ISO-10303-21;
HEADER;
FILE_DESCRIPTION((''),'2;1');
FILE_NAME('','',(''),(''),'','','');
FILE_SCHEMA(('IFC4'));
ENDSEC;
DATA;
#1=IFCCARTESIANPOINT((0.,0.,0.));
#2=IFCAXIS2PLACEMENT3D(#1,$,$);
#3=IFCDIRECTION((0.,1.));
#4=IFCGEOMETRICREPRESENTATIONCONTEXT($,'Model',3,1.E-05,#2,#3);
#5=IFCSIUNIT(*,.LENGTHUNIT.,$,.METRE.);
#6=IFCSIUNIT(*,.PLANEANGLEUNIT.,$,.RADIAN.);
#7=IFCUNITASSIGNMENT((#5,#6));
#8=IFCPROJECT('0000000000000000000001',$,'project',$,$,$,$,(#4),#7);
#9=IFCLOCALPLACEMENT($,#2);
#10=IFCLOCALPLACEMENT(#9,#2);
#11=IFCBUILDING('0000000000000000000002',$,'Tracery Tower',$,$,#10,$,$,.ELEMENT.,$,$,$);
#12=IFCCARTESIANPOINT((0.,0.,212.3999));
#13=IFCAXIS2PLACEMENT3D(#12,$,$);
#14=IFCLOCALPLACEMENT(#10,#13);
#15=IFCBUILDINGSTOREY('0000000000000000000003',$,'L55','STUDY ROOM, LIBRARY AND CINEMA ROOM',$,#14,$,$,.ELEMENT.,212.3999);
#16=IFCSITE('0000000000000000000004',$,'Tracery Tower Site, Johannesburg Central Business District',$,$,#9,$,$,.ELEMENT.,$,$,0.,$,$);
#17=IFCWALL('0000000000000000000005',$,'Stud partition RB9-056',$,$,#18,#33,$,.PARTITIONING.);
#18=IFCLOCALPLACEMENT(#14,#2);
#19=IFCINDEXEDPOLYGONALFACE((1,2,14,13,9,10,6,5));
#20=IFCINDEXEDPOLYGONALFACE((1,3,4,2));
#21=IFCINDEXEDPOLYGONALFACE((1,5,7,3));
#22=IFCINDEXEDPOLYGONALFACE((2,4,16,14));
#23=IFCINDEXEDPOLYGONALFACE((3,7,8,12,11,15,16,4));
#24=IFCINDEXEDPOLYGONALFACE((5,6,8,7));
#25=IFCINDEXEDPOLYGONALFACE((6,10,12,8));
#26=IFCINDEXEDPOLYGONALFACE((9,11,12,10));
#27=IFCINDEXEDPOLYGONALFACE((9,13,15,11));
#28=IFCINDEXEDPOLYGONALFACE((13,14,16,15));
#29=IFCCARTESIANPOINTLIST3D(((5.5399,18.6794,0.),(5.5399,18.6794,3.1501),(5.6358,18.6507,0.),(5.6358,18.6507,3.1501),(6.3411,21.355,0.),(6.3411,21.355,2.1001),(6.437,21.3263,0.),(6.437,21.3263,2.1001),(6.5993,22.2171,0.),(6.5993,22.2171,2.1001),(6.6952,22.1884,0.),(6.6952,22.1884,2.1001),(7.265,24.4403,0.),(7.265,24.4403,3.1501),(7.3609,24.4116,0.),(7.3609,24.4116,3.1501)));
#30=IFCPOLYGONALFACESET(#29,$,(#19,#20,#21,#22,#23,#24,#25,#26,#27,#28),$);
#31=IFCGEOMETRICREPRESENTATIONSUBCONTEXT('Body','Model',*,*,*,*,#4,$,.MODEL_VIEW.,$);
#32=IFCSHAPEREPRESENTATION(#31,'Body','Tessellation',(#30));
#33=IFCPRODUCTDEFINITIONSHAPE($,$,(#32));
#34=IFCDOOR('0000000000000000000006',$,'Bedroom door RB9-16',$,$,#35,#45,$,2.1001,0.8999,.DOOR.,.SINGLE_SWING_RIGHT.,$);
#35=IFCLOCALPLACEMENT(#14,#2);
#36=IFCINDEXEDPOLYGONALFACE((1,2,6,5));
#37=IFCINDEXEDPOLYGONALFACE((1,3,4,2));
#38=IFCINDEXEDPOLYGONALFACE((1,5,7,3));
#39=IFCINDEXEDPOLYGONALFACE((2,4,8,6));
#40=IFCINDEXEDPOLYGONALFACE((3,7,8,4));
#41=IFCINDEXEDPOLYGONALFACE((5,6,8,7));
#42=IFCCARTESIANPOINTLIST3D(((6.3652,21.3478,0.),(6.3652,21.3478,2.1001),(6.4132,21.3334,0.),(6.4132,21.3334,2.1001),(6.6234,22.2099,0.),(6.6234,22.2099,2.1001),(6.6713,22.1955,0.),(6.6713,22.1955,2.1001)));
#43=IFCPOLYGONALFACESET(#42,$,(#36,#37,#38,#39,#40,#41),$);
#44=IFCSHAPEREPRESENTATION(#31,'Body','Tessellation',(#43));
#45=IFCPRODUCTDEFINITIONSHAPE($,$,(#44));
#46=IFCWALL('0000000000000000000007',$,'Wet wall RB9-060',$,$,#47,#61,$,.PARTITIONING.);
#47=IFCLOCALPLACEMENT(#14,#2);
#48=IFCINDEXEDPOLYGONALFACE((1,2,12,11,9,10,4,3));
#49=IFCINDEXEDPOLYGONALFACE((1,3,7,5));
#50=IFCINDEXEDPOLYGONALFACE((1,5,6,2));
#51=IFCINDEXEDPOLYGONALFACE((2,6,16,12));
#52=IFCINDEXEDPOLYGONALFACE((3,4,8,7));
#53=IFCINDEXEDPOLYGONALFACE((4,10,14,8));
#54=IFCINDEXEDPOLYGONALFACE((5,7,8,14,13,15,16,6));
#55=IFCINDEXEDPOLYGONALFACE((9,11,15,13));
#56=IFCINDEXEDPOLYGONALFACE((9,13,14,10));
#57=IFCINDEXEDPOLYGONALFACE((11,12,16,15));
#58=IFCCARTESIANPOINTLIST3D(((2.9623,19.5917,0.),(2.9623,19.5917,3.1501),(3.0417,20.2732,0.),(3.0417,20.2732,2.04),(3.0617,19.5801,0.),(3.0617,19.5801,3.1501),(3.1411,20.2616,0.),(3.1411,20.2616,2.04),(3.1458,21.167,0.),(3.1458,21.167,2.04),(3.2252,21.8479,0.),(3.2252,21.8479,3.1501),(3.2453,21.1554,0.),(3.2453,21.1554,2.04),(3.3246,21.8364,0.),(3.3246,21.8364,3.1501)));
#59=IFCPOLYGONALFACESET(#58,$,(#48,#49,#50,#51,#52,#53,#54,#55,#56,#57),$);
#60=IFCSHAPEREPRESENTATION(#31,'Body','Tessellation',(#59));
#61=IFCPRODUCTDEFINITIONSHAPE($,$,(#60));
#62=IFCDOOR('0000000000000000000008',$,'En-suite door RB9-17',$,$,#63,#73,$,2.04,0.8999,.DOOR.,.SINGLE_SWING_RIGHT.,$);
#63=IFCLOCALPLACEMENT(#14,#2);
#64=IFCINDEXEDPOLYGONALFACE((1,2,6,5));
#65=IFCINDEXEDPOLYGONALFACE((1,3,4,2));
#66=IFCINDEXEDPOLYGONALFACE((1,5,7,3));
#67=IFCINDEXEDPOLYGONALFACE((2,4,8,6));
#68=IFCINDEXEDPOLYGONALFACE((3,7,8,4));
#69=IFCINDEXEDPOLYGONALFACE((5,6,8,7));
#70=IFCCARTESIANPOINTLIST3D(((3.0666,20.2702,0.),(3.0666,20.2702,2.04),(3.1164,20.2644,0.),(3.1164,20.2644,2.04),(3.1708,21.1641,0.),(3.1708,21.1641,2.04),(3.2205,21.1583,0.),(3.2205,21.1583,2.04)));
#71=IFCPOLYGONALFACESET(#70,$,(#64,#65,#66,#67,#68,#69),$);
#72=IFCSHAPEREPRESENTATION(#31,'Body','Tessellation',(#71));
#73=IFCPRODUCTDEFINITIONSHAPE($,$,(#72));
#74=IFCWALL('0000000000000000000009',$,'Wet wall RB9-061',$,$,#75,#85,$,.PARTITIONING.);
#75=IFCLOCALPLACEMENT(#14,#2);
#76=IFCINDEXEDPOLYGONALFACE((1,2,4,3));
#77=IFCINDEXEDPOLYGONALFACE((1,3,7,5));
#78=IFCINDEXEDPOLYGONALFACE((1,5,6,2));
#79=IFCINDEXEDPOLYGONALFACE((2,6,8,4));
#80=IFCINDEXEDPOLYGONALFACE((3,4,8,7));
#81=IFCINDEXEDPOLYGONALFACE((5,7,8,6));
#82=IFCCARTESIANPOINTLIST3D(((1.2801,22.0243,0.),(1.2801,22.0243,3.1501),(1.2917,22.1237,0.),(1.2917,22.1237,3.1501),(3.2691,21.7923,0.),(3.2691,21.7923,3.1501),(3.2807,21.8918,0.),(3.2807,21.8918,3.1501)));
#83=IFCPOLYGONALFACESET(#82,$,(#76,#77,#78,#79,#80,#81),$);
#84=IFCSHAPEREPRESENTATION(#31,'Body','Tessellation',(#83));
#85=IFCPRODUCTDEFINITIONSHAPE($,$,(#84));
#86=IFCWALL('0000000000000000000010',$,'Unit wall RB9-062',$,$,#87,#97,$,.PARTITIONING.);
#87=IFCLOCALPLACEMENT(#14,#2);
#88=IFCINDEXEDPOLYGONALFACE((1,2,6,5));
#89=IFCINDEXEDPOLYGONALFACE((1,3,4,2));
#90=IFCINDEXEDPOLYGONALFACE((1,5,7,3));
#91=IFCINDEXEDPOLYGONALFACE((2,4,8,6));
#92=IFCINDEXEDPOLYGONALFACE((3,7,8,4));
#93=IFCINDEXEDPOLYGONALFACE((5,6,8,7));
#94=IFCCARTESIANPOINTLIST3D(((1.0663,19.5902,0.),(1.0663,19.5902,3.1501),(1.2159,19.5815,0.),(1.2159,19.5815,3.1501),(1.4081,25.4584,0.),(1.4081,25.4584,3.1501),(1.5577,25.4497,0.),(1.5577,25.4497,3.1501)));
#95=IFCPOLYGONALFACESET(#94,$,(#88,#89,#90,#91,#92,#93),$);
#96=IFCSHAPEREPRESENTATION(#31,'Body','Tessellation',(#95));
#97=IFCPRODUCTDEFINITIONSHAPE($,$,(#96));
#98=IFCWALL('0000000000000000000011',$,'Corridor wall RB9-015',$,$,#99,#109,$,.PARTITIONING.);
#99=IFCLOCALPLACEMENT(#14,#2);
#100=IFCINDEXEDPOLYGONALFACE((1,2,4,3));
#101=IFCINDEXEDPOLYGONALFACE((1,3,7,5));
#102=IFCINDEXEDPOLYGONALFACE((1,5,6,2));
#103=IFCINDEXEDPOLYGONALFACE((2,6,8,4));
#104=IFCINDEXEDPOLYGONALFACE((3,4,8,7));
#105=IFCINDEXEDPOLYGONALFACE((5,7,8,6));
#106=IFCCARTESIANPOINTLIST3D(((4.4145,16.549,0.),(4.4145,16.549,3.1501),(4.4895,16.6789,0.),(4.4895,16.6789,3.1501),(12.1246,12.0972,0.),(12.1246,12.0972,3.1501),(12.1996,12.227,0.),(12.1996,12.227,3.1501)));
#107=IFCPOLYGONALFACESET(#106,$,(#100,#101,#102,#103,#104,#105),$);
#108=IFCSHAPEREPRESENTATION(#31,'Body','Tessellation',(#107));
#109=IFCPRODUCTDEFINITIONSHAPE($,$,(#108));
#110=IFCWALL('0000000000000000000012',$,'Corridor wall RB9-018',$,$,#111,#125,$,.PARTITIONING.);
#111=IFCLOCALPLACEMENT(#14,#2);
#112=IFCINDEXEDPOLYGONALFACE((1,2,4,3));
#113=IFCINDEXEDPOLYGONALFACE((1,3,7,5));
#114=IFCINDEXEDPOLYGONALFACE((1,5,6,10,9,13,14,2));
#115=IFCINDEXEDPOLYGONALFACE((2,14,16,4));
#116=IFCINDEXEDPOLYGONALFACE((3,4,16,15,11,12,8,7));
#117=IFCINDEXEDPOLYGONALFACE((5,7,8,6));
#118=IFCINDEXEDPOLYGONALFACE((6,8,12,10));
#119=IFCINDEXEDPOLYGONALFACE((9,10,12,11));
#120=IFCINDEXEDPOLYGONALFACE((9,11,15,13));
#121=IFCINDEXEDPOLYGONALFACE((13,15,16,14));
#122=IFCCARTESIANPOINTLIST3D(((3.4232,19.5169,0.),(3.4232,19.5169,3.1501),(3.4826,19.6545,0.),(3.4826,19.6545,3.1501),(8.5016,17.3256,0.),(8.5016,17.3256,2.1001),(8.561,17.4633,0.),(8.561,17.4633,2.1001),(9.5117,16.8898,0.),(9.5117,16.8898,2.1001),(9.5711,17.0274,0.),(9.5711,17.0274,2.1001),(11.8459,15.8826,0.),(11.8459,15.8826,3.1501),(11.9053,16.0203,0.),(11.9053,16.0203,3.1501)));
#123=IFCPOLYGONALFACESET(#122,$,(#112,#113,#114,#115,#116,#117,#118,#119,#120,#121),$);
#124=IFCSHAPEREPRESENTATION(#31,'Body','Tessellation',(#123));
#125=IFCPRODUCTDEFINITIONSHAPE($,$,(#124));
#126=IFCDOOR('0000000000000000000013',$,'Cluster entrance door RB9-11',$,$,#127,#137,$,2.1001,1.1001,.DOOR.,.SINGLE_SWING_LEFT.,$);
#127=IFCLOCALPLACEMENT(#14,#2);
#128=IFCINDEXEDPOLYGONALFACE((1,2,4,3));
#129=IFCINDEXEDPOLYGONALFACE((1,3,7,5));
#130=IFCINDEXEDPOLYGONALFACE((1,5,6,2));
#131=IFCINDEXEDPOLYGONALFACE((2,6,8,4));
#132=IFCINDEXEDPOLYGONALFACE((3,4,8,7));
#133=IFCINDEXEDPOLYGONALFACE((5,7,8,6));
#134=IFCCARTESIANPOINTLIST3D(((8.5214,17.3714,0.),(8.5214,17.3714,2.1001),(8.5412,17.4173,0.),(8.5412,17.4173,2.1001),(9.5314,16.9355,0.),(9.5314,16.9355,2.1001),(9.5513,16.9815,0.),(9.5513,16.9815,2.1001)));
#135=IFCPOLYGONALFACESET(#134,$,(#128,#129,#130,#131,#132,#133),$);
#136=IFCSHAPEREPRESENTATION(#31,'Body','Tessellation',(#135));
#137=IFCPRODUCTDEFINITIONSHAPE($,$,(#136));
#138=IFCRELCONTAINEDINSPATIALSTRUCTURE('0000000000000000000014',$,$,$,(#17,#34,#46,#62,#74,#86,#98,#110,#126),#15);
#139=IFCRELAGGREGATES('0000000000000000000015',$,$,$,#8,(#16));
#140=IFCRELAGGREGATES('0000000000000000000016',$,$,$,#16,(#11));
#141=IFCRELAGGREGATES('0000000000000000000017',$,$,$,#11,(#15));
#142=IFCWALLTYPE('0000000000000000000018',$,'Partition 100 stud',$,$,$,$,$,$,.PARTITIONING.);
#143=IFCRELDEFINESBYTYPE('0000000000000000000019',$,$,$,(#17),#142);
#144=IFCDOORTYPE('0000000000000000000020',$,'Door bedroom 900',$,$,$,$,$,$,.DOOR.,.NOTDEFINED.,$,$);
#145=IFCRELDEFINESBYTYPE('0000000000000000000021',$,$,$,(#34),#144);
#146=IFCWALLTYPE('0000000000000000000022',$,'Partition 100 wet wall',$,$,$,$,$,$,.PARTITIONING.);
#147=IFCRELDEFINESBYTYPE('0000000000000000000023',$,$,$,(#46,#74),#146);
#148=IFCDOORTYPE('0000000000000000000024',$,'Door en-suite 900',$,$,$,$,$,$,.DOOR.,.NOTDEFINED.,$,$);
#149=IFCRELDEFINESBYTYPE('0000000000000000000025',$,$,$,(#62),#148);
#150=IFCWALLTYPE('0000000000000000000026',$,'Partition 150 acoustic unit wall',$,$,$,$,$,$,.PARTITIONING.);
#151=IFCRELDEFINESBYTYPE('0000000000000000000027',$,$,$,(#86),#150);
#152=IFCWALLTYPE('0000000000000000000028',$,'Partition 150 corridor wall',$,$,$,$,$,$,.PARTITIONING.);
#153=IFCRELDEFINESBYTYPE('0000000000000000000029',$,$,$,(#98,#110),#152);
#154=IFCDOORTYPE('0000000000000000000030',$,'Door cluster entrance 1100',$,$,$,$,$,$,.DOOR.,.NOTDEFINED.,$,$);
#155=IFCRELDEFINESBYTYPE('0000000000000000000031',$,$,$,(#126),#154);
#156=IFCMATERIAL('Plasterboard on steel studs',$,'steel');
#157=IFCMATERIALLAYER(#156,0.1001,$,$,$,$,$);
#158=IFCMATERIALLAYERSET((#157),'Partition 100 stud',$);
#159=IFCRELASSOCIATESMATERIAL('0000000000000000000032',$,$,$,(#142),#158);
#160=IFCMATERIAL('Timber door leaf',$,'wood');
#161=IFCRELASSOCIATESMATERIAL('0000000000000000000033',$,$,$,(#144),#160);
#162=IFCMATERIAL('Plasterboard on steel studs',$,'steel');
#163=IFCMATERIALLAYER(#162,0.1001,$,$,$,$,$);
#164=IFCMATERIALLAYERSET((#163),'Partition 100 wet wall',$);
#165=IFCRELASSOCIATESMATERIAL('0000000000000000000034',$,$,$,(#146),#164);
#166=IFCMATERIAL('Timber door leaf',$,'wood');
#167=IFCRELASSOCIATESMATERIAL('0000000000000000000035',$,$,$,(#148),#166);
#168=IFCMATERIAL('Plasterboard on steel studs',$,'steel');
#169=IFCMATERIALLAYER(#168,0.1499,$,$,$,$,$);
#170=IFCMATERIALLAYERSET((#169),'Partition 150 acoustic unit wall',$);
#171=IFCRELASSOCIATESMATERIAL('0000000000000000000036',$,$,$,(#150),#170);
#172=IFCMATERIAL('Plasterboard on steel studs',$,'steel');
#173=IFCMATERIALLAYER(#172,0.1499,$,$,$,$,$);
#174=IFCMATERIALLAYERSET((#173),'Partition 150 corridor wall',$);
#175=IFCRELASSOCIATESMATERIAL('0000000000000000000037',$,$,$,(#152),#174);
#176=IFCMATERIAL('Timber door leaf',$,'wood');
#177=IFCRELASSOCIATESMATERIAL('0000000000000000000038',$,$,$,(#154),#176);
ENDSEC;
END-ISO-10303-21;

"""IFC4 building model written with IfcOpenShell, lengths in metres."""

from ifc_helpers import new_model, si_unit, direction, frame, frame_2d, origin, place, context, subcontext, project, spatial, rectangle, extrude, material, layer, layer_set, type_object, element, fill, save


model = new_model("IFC4")

# Units and contexts
model_context = context("Model", 3, precision=1e-05, world=origin(), true_north=direction((0.0, 1.0)))
body_context = subcontext(model_context, "Body", "Model", "MODEL_VIEW")
ifc_project = project(units=[si_unit("LENGTHUNIT", "METRE"), si_unit("PLANEANGLEUNIT", "RADIAN")], contexts=[model_context])

# Site, building, storey
site_placement = place(None, origin())
site = spatial("IfcSite", under=ifc_project, at=site_placement, Name="Tracery Tower Site, Johannesburg Central Business District", CompositionType="ELEMENT", RefElevation=0.0)
building_placement = place(site_placement, origin())
building = spatial("IfcBuilding", under=site, at=building_placement, Name="Tracery Tower", CompositionType="ELEMENT")
storey_placement = place(building_placement, frame((0.0, 0.0, 212.3999)))
storey = spatial("IfcBuildingStorey", under=building, at=storey_placement, Name="L55", Description="STUDY ROOM, LIBRARY AND CINEMA ROOM", CompositionType="ELEMENT", Elevation=212.3999)

# Walls, openings, doors
ifc_material_1 = material(Name="Plasterboard on steel studs", Category="steel")
ifc_layer_1 = layer(ifc_material_1, 0.1001)
ifc_layer_set_1 = layer_set([ifc_layer_1], Name="Partition 100 stud")
wall_type_1 = type_object("IfcWallType", Name="Partition 100 stud", PredefinedType="PARTITIONING", material=ifc_layer_set_1)
wall_1_placement = place(storey_placement, frame((5.5879, 18.665, 0.0), z_axis=(0.0, 0.0, 1.0), x_axis=(0.28686, 0.957973, 0.0)))
wall_1 = element("IfcWall", 1, at=wall_1_placement, inside=storey, type_object=wall_type_1, Name="Stud partition RB9-056", PredefinedType="PARTITIONING", context=body_context, shape_type="SweptSolid", body=[
    extrude(rectangle(XDim=6.0137, YDim=0.1001, at=frame_2d((3.0068, 0.0))), origin(), (0.0, 0.0, 1.0), 3.1501),
])
opening_1_placement = place(wall_1_placement, frame((2.793, 0.0, 0.0)))
opening_1 = element("IfcOpeningElement", 2, at=opening_1_placement, cuts=wall_1, PredefinedType="OPENING", context=body_context, shape_type="SweptSolid", body=[
    extrude(rectangle(XDim=0.8999, YDim=2.1001, at=frame_2d((0.45, 1.05))), frame((0.0, 0.05, 0.0), z_axis=(0.0, -1.0, 0.0), x_axis=(1.0, 0.0, 0.0)), (0.0, 0.0, 1.0), 0.1001),
])
ifc_material_2 = material(Name="Timber door leaf", Category="wood")
door_type_1 = type_object("IfcDoorType", Name="Door bedroom 900", OperationType="NOTDEFINED", PredefinedType="DOOR", material=ifc_material_2)
door_1_placement = place(opening_1_placement, origin())
door_1 = element("IfcDoor", 3, at=door_1_placement, inside=storey, type_object=door_type_1, Name="Bedroom door RB9-16", OperationType="SINGLE_SWING_RIGHT", OverallHeight=2.1001, OverallWidth=0.8999, PredefinedType="DOOR", context=body_context, shape_type="SweptSolid", body=[
    extrude(rectangle(XDim=0.8999, YDim=2.1001, at=frame_2d((0.45, 1.05))), frame((0.0, 0.0249, 0.0), z_axis=(0.0, -1.0, 0.0), x_axis=(1.0, 0.0, 0.0)), (0.0, 0.0, 1.0), 0.05),
])
fill(opening_1, door_1)
ifc_material_3 = material(Name="Plasterboard on steel studs", Category="steel")
ifc_layer_2 = layer(ifc_material_3, 0.1001)
ifc_layer_set_2 = layer_set([ifc_layer_2], Name="Partition 100 wet wall")
wall_type_2 = type_object("IfcWallType", Name="Partition 100 wet wall", PredefinedType="PARTITIONING", material=ifc_layer_set_2)
wall_2_placement = place(storey_placement, frame((3.012, 19.5859, 0.0), z_axis=(0.0, 0.0, 1.0), x_axis=(0.115762, 0.993277, 0.0)))
wall_2 = element("IfcWall", 4, at=wall_2_placement, inside=storey, type_object=wall_type_2, Name="Wet wall RB9-060", PredefinedType="PARTITIONING", context=body_context, shape_type="SweptSolid", body=[
    extrude(rectangle(XDim=2.2715, YDim=0.1001, at=frame_2d((1.1357, 0.0))), origin(), (0.0, 0.0, 1.0), 3.1501),
])
opening_2_placement = place(wall_2_placement, frame((0.686, 0.0, 0.0)))
opening_2 = element("IfcOpeningElement", 5, at=opening_2_placement, cuts=wall_2, PredefinedType="OPENING", context=body_context, shape_type="SweptSolid", body=[
    extrude(rectangle(XDim=0.8999, YDim=2.04, at=frame_2d((0.45, 1.02))), frame((0.0, 0.05, 0.0), z_axis=(0.0, -1.0, 0.0), x_axis=(1.0, 0.0, 0.0)), (0.0, 0.0, 1.0), 0.1001),
])
ifc_material_4 = material(Name="Timber door leaf", Category="wood")
door_type_2 = type_object("IfcDoorType", Name="Door en-suite 900", OperationType="NOTDEFINED", PredefinedType="DOOR", material=ifc_material_4)
door_2_placement = place(opening_2_placement, origin())
door_2 = element("IfcDoor", 6, at=door_2_placement, inside=storey, type_object=door_type_2, Name="En-suite door RB9-17", OperationType="SINGLE_SWING_RIGHT", OverallHeight=2.04, OverallWidth=0.8999, PredefinedType="DOOR", context=body_context, shape_type="SweptSolid", body=[
    extrude(rectangle(XDim=0.8999, YDim=2.04, at=frame_2d((0.45, 1.02))), frame((0.0, 0.0249, 0.0), z_axis=(0.0, -1.0, 0.0), x_axis=(1.0, 0.0, 0.0)), (0.0, 0.0, 1.0), 0.05),
])
fill(opening_2, door_2)

# Walls
wall_3_placement = place(storey_placement, frame((1.2859, 22.074, 0.0), z_axis=(0.0, 0.0, 1.0), x_axis=(0.99327, -0.115823, 0.0)))
element("IfcWall", 7, at=wall_3_placement, inside=storey, type_object=wall_type_2, Name="Wet wall RB9-061", PredefinedType="PARTITIONING", context=body_context, shape_type="SweptSolid", body=[
    extrude(rectangle(XDim=2.0024, YDim=0.1001, at=frame_2d((1.0012, 0.0))), origin(), (0.0, 0.0, 1.0), 3.1501),
])
ifc_material_5 = material(Name="Plasterboard on steel studs", Category="steel")
ifc_layer_3 = layer(ifc_material_5, 0.1499)
ifc_layer_set_3 = layer_set([ifc_layer_3], Name="Partition 150 acoustic unit wall")
wall_type_3 = type_object("IfcWallType", Name="Partition 150 acoustic unit wall", PredefinedType="PARTITIONING", material=ifc_layer_set_3)
wall_4_placement = place(storey_placement, frame((1.1411, 19.5859, 0.0), z_axis=(0.0, 0.0, 1.0), x_axis=(0.058147, 0.998308, 0.0)))
element("IfcWall", 8, at=wall_4_placement, inside=storey, type_object=wall_type_3, Name="Unit wall RB9-062", PredefinedType="PARTITIONING", context=body_context, shape_type="SweptSolid", body=[
    extrude(rectangle(XDim=5.8782, YDim=0.1499, at=frame_2d((2.939, 0.0))), origin(), (0.0, 0.0, 1.0), 3.1501),
])
ifc_material_6 = material(Name="Plasterboard on steel studs", Category="steel")
ifc_layer_4 = layer(ifc_material_6, 0.1499)
ifc_layer_set_4 = layer_set([ifc_layer_4], Name="Partition 150 corridor wall")
wall_type_4 = type_object("IfcWallType", Name="Partition 150 corridor wall", PredefinedType="PARTITIONING", material=ifc_layer_set_4)
wall_5_placement = place(storey_placement, frame((4.4519, 16.614, 0.0), z_axis=(0.0, 0.0, 1.0), x_axis=(0.866005, -0.500035, 0.0)))
element("IfcWall", 9, at=wall_5_placement, inside=storey, type_object=wall_type_4, Name="Corridor wall RB9-015", PredefinedType="PARTITIONING", context=body_context, shape_type="SweptSolid", body=[
    extrude(rectangle(XDim=8.9031, YDim=0.1499, at=frame_2d((4.4517, 0.0))), origin(), (0.0, 0.0, 1.0), 3.1501),
])

# Wall, opening, door
wall_6_placement = place(storey_placement, frame((3.4529, 19.5857, 0.0), z_axis=(0.0, 0.0, 1.0), x_axis=(0.918176, -0.396173, 0.0)))
wall_6 = element("IfcWall", 10, at=wall_6_placement, inside=storey, type_object=wall_type_4, Name="Corridor wall RB9-018", PredefinedType="PARTITIONING", context=body_context, shape_type="SweptSolid", body=[
    extrude(rectangle(XDim=9.1733, YDim=0.1499, at=frame_2d((4.5867, 0.0))), origin(), (0.0, 0.0, 1.0), 3.1501),
])
opening_3_placement = place(wall_6_placement, frame((5.531, 0.0, 0.0)))
opening_3 = element("IfcOpeningElement", 11, at=opening_3_placement, cuts=wall_6, PredefinedType="OPENING", context=body_context, shape_type="SweptSolid", body=[
    extrude(rectangle(XDim=1.1001, YDim=2.1001, at=frame_2d((0.55, 1.05))), frame((0.0, 0.075, 0.0), z_axis=(0.0, -1.0, 0.0), x_axis=(1.0, 0.0, 0.0)), (0.0, 0.0, 1.0), 0.1499),
])
ifc_material_7 = material(Name="Timber door leaf", Category="wood")
door_type_3 = type_object("IfcDoorType", Name="Door cluster entrance 1100", OperationType="NOTDEFINED", PredefinedType="DOOR", material=ifc_material_7)
door_3_placement = place(opening_3_placement, origin())
door_3 = element("IfcDoor", 12, at=door_3_placement, inside=storey, type_object=door_type_3, Name="Cluster entrance door RB9-11", OperationType="SINGLE_SWING_LEFT", OverallHeight=2.1001, OverallWidth=1.1001, PredefinedType="DOOR", context=body_context, shape_type="SweptSolid", body=[
    extrude(rectangle(XDim=1.1001, YDim=2.1001, at=frame_2d((0.55, 1.05))), frame((0.0, 0.0249, 0.0), z_axis=(0.0, -1.0, 0.0), x_axis=(1.0, 0.0, 0.0)), (0.0, 0.0, 1.0), 0.05),
])
fill(opening_3, door_3)

save(model, "model.ifc")
